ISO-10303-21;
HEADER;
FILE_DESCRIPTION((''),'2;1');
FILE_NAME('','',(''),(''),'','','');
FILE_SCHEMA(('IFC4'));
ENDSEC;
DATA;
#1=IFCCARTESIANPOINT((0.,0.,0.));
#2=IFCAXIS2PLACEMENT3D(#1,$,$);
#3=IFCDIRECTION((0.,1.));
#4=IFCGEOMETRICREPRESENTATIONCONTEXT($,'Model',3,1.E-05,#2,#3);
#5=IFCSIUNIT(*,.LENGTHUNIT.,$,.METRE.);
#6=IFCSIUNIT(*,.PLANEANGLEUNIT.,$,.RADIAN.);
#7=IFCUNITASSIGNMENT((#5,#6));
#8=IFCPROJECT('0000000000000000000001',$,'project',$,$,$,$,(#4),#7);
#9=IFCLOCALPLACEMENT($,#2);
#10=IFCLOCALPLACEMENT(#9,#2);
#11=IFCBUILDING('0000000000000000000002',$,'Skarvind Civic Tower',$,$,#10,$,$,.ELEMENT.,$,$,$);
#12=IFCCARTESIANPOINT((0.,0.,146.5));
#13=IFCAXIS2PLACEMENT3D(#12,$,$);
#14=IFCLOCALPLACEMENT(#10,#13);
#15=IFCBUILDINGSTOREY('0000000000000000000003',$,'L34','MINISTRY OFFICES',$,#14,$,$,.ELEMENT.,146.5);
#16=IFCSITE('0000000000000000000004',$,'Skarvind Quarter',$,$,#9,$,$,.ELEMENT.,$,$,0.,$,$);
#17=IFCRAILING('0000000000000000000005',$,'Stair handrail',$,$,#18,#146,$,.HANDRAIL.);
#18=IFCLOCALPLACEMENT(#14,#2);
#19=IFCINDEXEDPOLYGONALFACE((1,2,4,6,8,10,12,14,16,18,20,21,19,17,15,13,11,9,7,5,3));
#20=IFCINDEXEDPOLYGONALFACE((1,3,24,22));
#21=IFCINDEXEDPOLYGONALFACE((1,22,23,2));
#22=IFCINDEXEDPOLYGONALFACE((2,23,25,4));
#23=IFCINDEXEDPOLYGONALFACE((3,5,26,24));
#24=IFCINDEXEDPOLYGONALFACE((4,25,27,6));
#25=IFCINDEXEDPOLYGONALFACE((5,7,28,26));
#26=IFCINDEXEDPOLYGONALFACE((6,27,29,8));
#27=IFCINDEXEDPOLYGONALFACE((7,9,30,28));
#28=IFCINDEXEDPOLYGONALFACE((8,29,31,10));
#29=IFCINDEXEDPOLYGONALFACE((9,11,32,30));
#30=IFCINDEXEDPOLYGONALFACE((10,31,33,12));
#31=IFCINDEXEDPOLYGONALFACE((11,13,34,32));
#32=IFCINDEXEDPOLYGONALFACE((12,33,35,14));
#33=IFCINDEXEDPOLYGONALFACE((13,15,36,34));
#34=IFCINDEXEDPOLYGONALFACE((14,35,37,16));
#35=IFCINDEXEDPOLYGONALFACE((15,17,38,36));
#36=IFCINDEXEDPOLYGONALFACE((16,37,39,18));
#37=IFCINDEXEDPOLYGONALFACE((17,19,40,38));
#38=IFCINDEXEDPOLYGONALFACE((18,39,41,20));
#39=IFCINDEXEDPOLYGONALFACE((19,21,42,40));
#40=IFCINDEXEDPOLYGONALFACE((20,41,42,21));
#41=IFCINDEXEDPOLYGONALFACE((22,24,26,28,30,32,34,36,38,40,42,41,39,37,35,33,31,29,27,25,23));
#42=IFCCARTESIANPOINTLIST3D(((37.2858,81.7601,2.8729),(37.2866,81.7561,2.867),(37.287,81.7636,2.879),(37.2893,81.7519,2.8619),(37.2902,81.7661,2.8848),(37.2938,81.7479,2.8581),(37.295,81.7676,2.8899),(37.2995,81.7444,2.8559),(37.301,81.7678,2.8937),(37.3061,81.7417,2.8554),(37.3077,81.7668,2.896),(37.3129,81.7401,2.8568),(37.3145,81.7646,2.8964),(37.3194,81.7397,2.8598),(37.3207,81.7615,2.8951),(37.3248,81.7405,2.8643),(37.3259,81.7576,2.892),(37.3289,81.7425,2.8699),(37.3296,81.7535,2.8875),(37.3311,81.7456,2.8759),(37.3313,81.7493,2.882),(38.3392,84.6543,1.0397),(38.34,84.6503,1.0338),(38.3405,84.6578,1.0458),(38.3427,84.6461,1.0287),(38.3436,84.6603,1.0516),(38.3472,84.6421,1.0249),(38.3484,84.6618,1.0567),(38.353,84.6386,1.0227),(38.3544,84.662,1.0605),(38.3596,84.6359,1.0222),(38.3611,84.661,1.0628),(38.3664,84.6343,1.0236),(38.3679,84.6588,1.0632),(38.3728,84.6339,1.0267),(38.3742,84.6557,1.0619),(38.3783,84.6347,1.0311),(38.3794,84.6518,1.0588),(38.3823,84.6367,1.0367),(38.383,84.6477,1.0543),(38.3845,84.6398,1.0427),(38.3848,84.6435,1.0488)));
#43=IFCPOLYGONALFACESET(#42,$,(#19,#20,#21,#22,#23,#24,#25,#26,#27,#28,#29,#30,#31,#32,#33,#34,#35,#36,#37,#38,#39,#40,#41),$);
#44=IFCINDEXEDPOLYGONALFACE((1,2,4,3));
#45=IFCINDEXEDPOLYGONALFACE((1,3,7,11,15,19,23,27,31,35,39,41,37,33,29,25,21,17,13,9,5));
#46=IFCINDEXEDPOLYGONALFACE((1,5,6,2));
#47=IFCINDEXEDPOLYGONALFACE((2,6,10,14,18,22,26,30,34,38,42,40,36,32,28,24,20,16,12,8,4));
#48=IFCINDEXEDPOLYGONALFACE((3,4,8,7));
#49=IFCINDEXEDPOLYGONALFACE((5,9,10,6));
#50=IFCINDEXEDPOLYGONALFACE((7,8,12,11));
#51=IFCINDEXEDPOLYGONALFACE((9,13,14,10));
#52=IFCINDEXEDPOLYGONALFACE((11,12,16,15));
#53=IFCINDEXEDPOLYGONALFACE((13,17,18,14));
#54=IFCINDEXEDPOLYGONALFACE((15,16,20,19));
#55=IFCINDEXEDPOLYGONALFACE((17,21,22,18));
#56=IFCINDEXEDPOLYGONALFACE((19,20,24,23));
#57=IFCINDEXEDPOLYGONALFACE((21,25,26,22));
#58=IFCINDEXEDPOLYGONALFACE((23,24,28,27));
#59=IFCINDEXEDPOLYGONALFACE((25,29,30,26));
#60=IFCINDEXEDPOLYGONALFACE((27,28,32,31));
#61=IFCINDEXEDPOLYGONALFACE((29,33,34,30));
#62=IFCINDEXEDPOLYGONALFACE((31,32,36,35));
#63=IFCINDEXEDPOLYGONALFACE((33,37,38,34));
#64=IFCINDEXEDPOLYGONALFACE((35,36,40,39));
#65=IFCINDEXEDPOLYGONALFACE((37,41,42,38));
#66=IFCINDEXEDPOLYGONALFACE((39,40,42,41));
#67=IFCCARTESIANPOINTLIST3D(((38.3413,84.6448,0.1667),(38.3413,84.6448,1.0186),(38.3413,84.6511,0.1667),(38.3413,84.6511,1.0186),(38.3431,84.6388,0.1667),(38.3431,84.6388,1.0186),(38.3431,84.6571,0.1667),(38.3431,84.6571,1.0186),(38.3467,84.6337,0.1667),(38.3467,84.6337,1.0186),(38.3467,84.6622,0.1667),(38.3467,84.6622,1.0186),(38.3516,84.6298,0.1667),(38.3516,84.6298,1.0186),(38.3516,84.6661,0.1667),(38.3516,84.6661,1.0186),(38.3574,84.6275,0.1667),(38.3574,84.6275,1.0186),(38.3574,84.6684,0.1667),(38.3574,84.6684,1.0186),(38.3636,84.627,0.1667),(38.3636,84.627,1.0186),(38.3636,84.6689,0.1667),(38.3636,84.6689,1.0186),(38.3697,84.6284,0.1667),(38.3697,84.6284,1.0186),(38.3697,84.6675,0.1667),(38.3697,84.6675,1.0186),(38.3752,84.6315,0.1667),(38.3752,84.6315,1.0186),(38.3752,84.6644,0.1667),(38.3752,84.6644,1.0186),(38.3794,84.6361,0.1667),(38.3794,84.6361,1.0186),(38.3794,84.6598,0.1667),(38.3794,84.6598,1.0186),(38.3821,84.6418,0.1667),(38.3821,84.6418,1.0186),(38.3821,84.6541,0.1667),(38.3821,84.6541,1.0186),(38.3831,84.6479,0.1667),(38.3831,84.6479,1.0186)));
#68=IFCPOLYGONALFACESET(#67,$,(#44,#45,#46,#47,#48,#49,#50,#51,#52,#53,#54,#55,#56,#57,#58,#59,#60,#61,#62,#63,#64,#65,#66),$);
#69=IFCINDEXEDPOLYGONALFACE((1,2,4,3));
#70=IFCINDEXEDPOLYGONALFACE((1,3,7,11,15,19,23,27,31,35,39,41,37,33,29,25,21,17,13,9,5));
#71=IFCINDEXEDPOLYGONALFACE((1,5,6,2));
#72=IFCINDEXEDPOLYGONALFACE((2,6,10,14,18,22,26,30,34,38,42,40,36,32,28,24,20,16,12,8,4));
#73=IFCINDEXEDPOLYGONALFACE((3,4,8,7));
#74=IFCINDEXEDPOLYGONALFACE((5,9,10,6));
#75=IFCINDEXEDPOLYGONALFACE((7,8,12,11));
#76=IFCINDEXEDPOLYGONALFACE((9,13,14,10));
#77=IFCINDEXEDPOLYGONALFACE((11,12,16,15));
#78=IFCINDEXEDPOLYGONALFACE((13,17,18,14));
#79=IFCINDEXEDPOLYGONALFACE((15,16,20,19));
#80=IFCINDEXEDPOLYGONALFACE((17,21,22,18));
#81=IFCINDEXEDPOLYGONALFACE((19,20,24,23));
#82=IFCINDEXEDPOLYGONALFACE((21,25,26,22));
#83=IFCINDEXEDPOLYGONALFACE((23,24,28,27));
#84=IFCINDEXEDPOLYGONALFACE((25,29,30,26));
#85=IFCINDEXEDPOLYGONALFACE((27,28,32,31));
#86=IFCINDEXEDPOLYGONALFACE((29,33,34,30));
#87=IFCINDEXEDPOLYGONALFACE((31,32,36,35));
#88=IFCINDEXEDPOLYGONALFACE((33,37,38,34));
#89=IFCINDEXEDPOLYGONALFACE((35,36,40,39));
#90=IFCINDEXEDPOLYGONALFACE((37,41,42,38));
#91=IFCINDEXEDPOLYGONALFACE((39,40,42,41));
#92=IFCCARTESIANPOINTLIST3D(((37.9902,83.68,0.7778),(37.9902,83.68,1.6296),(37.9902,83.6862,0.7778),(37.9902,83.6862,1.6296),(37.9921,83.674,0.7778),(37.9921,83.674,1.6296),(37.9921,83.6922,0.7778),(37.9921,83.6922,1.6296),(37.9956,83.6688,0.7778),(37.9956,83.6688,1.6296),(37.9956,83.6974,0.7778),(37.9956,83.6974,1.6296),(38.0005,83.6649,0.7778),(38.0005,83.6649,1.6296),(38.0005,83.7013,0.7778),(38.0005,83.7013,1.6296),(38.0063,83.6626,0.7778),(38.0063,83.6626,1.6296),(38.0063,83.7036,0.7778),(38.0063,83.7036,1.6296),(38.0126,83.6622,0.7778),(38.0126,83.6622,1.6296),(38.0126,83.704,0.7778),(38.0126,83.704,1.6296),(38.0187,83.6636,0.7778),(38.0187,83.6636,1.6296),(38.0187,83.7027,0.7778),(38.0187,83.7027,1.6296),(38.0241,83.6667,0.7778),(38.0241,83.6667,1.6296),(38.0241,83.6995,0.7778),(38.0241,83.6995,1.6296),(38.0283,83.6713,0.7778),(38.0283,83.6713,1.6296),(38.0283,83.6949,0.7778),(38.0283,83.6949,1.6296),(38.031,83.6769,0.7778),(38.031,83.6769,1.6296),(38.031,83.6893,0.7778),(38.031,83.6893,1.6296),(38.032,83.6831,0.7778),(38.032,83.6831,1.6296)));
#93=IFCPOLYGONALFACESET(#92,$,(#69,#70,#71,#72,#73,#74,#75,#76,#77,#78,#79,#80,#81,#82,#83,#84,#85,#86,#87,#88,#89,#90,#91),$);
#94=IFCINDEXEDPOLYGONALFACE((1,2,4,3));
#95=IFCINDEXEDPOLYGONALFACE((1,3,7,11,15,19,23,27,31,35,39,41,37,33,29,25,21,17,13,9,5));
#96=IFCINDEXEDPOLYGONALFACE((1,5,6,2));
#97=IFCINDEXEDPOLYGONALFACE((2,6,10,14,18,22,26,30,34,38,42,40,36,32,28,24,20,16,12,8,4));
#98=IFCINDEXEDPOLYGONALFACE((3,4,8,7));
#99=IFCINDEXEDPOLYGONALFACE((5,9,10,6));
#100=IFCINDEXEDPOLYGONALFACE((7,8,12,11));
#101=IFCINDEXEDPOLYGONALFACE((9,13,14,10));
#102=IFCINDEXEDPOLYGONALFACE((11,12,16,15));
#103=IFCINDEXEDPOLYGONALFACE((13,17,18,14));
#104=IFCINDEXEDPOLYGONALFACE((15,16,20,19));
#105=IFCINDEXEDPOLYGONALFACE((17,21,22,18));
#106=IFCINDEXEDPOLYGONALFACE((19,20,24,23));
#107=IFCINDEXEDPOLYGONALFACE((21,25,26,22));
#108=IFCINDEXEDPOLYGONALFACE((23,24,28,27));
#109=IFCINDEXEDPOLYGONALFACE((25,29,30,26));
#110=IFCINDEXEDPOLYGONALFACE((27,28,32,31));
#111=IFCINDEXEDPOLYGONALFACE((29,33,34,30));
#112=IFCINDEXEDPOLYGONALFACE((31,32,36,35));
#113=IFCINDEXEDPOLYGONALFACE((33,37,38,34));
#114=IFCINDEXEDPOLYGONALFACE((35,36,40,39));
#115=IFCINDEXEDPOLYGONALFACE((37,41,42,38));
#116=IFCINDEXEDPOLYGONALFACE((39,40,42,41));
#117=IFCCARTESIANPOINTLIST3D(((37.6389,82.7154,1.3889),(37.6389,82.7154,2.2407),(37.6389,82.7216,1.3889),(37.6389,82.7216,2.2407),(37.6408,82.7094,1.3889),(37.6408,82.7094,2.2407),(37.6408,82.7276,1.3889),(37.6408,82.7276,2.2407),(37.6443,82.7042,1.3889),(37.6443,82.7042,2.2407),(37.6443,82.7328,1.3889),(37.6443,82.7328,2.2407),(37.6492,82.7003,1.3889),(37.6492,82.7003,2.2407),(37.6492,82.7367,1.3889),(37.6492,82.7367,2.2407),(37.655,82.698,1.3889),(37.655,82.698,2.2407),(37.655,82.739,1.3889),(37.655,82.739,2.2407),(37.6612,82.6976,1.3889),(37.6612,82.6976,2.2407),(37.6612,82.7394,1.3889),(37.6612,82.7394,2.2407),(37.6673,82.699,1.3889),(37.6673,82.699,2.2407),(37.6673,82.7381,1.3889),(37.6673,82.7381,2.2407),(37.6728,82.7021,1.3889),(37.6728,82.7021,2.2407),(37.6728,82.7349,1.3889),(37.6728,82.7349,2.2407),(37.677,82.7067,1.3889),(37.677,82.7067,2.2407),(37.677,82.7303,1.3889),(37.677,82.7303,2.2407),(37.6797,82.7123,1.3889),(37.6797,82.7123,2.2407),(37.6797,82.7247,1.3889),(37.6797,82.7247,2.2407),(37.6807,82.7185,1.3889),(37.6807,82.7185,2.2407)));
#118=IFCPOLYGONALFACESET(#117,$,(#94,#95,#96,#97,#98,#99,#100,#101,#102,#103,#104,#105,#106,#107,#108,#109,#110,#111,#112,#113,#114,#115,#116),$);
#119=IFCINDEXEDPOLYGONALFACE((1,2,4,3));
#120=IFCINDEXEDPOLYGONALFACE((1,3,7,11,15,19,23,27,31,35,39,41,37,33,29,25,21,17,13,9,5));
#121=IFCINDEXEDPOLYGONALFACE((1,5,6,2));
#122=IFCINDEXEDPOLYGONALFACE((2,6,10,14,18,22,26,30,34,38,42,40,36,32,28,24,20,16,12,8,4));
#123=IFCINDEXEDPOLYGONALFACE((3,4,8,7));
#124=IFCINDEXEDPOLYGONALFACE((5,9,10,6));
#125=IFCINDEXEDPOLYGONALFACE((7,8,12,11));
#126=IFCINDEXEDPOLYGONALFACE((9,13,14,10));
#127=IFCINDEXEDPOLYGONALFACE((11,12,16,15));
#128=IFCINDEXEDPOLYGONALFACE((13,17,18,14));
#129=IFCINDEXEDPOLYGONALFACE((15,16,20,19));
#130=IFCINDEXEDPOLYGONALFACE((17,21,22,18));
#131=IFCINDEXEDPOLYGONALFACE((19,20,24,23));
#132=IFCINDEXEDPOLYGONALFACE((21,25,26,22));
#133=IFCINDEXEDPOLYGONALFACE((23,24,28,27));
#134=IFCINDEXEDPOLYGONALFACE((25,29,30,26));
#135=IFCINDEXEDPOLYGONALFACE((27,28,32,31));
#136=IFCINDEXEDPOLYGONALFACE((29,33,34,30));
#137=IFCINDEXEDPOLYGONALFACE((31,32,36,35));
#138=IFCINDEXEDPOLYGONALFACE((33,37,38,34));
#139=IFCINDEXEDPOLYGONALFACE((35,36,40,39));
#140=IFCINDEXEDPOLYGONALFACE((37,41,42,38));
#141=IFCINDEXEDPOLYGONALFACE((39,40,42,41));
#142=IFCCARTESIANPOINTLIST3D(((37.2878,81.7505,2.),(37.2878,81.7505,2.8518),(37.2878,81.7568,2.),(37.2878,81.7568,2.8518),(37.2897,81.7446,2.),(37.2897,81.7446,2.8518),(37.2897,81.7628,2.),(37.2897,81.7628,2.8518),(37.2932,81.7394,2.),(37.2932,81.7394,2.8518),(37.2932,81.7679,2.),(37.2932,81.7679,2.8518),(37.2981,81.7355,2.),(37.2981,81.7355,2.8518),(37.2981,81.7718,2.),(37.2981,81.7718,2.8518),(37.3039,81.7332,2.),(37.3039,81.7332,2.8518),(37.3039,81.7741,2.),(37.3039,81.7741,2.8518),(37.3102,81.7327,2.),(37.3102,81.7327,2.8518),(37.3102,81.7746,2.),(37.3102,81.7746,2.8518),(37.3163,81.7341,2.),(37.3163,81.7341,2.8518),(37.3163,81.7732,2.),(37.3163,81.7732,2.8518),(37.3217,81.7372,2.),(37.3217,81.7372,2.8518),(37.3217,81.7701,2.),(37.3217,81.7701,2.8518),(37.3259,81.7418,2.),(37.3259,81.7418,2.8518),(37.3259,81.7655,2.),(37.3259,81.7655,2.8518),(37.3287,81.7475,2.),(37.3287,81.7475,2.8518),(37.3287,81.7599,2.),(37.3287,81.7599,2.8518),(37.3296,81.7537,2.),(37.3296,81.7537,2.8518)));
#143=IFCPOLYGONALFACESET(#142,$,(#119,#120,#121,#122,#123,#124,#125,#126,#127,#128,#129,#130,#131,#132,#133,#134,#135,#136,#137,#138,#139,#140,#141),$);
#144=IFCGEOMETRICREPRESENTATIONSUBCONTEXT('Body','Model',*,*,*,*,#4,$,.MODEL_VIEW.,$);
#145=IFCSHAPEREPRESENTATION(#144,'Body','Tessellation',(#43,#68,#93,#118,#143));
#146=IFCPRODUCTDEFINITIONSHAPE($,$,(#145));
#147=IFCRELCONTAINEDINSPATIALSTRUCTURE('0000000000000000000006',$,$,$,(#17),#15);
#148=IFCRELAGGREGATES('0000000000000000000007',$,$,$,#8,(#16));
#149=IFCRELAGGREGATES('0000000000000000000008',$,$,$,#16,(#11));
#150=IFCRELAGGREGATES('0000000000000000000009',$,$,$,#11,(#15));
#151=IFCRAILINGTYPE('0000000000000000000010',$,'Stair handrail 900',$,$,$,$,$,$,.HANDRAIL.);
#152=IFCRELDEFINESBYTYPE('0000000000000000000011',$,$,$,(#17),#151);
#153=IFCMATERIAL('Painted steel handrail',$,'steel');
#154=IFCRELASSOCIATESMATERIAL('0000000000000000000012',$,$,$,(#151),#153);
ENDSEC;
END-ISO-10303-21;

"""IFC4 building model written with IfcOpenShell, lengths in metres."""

from ifc_helpers import new_model, si_unit, direction, frame, origin, origin_2d, place, context, subcontext, project, spatial, circle, extrude, material, type_object, element, save


model = new_model("IFC4")

# Units and contexts
model_context = context("Model", 3, precision=1e-05, world=origin(), true_north=direction((0.0, 1.0)))
body_context = subcontext(model_context, "Body", "Model", "MODEL_VIEW")
ifc_project = project(units=[si_unit("LENGTHUNIT", "METRE"), si_unit("PLANEANGLEUNIT", "RADIAN")], contexts=[model_context])

# Site, building, storey
site_placement = place(None, origin())
site = spatial("IfcSite", under=ifc_project, at=site_placement, Name="Skarvind Quarter", CompositionType="ELEMENT", RefElevation=0.0)
building_placement = place(site_placement, origin())
building = spatial("IfcBuilding", under=site, at=building_placement, Name="Skarvind Civic Tower", CompositionType="ELEMENT")
storey_placement = place(building_placement, frame((0.0, 0.0, 146.5)))
storey = spatial("IfcBuildingStorey", under=building, at=storey_placement, Name="L34", Description="MINISTRY OFFICES", CompositionType="ELEMENT", Elevation=146.5)

# Railing
ifc_material_1 = material(Name="Painted steel handrail", Category="steel")
railing_type = type_object("IfcRailingType", Name="Stair handrail 900", PredefinedType="HANDRAIL", material=ifc_material_1)
railing_placement = place(storey_placement, frame((38.3621, 84.6479, 0.1667)))
element("IfcRailing", 1, at=railing_placement, inside=storey, type_object=railing_type, Name="Stair handrail", PredefinedType="HANDRAIL", context=body_context, shape_type="SweptSolid", body=[
    extrude(circle(Radius=0.0239, at=origin_2d()), frame((0.0, 0.0, 0.876), z_axis=(-0.293908, -0.807481, 0.511461), x_axis=(0.939689, -0.342029, 0.0)), (0.0, 0.0, 1.0), 3.5842),
    extrude(circle(Radius=0.021, at=origin_2d()), origin(), (0.0, 0.0, 1.0), 0.8518),
    extrude(circle(Radius=0.021, at=origin_2d()), frame((-0.3511, -0.9648, 0.6111)), (0.0, 0.0, 1.0), 0.8518),
    extrude(circle(Radius=0.021, at=origin_2d()), frame((-0.7024, -1.9294, 1.2222)), (0.0, 0.0, 1.0), 0.8518),
    extrude(circle(Radius=0.021, at=origin_2d()), frame((-1.0535, -2.8943, 1.8333)), (0.0, 0.0, 1.0), 0.8518),
])

save(model, "model.ifc")
